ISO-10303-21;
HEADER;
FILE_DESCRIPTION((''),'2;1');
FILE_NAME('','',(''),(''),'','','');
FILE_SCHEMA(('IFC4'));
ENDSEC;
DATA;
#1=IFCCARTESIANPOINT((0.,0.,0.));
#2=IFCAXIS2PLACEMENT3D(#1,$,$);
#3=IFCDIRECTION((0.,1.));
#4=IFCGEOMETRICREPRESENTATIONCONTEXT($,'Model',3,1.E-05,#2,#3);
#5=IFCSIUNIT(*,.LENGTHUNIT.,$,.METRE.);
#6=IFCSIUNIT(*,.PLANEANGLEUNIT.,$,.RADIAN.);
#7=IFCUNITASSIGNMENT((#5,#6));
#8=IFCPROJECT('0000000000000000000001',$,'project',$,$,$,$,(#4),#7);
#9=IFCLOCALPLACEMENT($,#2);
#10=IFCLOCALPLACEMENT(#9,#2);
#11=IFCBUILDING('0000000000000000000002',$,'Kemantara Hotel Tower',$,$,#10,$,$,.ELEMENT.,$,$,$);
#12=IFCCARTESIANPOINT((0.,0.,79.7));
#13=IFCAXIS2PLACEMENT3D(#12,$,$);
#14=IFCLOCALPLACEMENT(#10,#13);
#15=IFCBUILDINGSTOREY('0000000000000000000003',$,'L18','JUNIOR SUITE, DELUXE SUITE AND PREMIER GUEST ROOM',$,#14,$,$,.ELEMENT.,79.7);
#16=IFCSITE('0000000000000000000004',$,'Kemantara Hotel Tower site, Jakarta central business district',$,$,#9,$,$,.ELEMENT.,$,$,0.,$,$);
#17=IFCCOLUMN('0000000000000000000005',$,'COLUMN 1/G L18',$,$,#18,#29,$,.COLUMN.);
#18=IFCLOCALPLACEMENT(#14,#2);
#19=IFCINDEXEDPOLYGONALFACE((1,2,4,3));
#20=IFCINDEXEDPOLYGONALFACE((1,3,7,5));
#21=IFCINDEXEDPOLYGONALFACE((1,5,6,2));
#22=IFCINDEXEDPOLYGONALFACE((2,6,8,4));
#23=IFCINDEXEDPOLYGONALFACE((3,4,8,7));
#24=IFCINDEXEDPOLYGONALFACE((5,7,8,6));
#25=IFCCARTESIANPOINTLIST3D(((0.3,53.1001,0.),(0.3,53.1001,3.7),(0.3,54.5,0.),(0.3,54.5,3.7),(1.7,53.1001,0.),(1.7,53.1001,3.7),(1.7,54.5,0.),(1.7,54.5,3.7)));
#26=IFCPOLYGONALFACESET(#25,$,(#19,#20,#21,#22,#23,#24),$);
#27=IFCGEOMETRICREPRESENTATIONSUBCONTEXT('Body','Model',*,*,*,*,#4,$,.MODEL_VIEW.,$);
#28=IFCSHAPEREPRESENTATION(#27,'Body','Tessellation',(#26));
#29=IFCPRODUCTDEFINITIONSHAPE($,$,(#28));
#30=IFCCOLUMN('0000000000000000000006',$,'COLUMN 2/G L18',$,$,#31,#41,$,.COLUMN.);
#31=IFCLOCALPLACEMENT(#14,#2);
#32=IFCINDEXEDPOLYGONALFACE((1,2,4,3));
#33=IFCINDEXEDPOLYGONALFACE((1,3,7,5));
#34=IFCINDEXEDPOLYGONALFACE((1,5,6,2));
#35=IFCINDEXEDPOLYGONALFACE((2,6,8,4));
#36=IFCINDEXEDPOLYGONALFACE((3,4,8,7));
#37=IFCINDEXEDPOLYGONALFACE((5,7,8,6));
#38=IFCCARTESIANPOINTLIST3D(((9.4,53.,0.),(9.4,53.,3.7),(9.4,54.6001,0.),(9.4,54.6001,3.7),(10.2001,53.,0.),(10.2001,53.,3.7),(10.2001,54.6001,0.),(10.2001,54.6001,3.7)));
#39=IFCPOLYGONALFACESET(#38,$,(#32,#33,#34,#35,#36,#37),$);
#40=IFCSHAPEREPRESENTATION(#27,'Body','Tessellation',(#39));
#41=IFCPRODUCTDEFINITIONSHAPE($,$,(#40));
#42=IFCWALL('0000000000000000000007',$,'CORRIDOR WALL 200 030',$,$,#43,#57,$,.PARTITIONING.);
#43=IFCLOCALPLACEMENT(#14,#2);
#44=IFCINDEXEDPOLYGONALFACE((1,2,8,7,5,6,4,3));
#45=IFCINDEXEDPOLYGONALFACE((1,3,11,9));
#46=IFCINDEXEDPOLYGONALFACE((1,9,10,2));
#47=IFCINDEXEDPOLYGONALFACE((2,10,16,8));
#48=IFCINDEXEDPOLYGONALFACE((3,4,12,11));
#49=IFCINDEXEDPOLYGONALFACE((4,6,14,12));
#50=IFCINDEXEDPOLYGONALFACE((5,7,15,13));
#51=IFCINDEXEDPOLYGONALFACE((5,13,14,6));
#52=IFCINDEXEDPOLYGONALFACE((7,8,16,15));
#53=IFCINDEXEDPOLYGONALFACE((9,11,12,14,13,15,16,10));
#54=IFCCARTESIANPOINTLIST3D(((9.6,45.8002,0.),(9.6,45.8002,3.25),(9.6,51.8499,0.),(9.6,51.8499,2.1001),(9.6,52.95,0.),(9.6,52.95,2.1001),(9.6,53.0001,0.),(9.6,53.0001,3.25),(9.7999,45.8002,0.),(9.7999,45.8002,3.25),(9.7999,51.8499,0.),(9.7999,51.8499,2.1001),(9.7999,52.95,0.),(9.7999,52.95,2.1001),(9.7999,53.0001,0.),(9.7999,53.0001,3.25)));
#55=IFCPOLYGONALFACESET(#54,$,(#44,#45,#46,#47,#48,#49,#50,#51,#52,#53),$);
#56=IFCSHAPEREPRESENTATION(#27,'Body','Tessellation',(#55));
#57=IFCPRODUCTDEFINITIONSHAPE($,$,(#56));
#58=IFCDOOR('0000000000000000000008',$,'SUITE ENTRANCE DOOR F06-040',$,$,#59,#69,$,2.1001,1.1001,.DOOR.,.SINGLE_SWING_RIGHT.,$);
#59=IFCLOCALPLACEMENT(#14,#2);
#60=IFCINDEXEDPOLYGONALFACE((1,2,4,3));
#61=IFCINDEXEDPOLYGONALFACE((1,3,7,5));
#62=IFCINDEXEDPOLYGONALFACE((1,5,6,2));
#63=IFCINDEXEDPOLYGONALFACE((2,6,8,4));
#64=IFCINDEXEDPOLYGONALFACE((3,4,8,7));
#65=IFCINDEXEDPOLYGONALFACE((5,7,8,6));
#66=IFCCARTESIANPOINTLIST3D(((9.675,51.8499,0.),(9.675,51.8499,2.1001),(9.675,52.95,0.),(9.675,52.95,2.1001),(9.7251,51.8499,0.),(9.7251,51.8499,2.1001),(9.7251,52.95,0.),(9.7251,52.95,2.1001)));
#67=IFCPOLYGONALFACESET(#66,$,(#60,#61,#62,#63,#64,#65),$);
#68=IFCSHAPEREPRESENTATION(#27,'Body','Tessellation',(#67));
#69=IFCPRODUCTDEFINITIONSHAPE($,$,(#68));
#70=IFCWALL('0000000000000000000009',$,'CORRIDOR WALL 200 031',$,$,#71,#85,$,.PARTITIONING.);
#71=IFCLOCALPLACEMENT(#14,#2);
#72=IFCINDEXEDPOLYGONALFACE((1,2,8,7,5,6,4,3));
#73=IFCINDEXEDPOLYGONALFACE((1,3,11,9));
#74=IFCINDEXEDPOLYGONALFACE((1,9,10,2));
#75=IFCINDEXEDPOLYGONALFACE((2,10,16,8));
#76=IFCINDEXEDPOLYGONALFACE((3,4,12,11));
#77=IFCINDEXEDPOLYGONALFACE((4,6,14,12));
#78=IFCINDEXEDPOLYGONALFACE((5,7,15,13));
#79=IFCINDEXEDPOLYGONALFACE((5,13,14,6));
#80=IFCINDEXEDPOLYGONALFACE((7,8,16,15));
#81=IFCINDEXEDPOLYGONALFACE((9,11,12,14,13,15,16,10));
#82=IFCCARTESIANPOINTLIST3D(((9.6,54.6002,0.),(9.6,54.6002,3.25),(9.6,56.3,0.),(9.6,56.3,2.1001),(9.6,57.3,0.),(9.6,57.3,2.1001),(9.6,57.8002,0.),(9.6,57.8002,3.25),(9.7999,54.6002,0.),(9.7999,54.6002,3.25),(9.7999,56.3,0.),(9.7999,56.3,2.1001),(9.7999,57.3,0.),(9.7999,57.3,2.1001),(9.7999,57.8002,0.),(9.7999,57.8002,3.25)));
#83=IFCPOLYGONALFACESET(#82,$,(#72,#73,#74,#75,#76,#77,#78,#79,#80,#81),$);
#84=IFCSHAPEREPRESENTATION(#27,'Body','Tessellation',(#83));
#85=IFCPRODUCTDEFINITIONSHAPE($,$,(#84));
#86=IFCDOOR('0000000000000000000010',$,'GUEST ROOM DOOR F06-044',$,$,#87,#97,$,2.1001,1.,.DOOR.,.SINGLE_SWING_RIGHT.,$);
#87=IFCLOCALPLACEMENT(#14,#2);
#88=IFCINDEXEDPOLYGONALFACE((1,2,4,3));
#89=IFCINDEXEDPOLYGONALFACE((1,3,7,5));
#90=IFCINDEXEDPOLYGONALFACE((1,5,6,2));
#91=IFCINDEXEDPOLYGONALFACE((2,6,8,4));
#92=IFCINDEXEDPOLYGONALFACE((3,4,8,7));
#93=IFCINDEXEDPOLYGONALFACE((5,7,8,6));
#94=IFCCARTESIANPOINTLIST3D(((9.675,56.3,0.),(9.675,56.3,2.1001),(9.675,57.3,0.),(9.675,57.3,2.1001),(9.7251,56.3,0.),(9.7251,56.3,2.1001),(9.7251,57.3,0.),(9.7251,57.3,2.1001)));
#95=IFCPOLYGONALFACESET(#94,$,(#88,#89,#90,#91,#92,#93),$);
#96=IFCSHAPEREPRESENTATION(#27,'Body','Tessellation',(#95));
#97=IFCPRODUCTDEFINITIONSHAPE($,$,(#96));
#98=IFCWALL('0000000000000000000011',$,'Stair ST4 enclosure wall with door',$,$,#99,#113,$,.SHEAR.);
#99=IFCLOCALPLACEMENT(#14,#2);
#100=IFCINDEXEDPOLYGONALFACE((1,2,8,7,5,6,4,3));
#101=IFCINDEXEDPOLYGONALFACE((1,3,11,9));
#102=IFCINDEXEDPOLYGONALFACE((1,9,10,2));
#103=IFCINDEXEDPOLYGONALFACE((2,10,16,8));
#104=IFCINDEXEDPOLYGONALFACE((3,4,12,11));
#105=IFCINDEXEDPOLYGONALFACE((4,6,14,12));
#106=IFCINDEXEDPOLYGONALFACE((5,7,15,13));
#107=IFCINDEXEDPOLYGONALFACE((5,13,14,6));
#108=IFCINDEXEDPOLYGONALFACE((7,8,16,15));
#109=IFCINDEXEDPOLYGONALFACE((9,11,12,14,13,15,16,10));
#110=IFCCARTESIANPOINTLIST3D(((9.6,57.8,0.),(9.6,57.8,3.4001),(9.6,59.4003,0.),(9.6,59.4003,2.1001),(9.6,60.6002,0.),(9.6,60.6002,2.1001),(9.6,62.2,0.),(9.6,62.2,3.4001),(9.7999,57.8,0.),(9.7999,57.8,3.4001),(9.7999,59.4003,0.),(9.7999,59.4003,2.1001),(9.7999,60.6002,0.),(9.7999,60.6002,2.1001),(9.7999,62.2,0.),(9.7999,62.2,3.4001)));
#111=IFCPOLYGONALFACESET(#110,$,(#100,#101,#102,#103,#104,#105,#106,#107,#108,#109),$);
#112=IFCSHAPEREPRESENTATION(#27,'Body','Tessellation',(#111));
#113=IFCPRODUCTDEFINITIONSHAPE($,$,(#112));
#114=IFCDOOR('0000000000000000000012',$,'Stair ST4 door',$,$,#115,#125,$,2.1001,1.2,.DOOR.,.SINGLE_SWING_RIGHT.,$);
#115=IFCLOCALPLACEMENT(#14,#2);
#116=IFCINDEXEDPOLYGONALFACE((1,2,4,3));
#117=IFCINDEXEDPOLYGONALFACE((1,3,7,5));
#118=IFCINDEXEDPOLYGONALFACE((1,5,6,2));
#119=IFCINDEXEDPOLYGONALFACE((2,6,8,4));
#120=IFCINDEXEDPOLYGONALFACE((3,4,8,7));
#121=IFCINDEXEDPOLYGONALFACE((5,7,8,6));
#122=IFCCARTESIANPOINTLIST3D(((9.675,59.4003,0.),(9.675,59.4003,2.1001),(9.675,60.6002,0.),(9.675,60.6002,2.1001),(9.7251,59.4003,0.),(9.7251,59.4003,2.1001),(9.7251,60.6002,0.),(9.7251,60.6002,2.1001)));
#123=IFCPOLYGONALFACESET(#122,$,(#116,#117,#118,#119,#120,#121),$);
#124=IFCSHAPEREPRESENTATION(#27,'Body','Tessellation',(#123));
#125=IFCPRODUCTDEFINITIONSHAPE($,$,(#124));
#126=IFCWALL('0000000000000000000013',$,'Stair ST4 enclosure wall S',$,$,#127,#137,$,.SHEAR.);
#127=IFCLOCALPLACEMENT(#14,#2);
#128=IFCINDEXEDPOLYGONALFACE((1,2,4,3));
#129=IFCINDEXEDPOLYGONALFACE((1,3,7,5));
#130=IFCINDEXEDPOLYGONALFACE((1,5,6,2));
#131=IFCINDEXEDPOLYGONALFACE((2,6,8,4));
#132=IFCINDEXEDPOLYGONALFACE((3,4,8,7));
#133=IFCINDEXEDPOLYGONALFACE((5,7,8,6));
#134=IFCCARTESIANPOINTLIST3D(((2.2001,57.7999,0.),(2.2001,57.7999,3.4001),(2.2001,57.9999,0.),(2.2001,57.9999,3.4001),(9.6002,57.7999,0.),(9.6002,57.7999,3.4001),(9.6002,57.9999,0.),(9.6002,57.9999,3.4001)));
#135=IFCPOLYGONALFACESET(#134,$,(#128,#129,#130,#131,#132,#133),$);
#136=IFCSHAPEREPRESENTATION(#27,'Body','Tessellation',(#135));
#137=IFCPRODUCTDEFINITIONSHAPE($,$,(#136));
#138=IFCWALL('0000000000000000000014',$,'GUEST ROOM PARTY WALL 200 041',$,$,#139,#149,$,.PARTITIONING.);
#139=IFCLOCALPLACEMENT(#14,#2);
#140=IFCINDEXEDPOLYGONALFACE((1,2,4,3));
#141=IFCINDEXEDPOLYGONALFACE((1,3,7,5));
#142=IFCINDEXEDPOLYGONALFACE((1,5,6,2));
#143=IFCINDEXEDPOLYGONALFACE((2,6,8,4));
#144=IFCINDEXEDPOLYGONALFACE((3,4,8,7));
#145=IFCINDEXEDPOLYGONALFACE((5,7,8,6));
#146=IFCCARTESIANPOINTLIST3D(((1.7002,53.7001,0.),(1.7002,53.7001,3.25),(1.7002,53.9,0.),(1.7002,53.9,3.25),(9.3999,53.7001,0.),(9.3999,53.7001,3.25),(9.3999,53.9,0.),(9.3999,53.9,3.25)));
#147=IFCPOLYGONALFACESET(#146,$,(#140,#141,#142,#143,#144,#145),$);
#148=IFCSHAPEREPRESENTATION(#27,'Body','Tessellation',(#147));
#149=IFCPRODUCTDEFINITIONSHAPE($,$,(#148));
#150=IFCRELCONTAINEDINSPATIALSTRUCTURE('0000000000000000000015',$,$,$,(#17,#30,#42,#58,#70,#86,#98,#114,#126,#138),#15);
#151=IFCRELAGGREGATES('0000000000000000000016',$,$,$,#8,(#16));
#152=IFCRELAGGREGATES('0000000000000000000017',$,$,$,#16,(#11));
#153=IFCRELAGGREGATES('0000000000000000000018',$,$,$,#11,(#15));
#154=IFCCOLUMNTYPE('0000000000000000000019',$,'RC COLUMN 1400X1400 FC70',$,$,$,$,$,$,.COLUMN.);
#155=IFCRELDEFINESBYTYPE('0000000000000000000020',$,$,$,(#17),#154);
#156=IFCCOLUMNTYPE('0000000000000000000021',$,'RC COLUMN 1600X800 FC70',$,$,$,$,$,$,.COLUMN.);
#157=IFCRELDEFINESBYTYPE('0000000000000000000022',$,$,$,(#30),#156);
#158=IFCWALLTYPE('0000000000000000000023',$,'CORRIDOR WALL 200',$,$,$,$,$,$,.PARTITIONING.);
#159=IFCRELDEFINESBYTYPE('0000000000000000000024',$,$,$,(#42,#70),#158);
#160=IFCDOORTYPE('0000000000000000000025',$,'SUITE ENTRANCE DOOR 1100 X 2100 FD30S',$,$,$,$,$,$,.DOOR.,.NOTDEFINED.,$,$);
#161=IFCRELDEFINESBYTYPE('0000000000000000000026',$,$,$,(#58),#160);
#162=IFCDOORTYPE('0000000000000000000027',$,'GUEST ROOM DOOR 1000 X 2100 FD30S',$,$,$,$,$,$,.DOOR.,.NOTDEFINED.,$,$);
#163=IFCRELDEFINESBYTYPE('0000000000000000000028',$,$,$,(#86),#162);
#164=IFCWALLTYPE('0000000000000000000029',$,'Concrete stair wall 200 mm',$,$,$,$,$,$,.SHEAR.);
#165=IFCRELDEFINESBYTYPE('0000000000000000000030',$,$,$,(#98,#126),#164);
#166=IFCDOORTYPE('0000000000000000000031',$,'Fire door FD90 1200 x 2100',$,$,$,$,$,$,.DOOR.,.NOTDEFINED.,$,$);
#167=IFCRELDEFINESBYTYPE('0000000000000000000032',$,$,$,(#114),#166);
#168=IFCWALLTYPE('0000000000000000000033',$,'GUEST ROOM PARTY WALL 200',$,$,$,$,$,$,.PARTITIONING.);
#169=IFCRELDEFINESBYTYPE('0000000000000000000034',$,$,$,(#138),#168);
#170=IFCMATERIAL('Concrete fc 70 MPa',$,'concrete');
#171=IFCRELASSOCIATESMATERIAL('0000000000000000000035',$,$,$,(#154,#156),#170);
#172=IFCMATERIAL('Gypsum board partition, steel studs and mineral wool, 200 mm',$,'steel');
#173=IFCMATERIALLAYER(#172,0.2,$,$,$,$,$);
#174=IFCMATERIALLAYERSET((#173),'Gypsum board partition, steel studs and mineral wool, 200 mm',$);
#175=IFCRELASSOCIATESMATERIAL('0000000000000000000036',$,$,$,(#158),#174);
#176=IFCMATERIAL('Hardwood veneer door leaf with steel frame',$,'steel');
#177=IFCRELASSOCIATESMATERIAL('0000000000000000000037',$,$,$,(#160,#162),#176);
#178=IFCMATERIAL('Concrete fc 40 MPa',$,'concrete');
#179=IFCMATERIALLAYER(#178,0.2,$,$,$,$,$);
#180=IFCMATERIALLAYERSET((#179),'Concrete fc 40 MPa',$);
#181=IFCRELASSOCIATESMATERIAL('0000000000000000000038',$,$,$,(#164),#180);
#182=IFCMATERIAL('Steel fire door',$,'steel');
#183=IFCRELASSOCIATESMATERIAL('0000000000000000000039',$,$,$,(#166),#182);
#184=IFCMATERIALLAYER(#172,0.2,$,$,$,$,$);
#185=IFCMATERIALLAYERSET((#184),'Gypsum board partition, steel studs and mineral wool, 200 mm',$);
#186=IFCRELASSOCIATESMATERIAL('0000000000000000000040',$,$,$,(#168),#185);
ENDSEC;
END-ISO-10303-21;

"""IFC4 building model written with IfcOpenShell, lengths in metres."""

from ifc_helpers import new_model, si_unit, direction, frame, frame_2d, origin, origin_2d, place, context, subcontext, project, spatial, rectangle, extrude, material, layer, layer_set, material_profile, profile_set, type_object, element, fill, save


model = new_model("IFC4")

# Units and contexts
model_context = context("Model", 3, precision=1e-05, world=origin(), true_north=direction((0.0, 1.0)))
body_context = subcontext(model_context, "Body", "Model", "MODEL_VIEW")
ifc_project = project(units=[si_unit("LENGTHUNIT", "METRE"), si_unit("PLANEANGLEUNIT", "RADIAN")], contexts=[model_context])

# Site, building, storey
site_placement = place(None, origin())
site = spatial("IfcSite", under=ifc_project, at=site_placement, Name="Kemantara Hotel Tower site, Jakarta central business district", CompositionType="ELEMENT", RefElevation=0.0)
building_placement = place(site_placement, origin())
building = spatial("IfcBuilding", under=site, at=building_placement, Name="Kemantara Hotel Tower", CompositionType="ELEMENT")
storey_placement = place(building_placement, frame((0.0, 0.0, 79.7)))
storey = spatial("IfcBuildingStorey", under=building, at=storey_placement, Name="L18", Description="JUNIOR SUITE, DELUXE SUITE AND PREMIER GUEST ROOM", CompositionType="ELEMENT", Elevation=79.7)

# Columns
ifc_material_1 = material(Name="Concrete fc 70 MPa", Category="concrete")
ifc_material_profile_1 = material_profile(ifc_material_1, rectangle(XDim=1.3999, YDim=1.3999, at=origin_2d()), Name="RC 1400X1400")
ifc_profile_set_1 = profile_set([ifc_material_profile_1], Name="Concrete fc 70 MPa")
column_type_1 = type_object("IfcColumnType", Name="RC COLUMN 1400X1400 FC70", PredefinedType="COLUMN", material=ifc_profile_set_1)
column_1_placement = place(storey_placement, frame((1.0, 53.8, 0.0), z_axis=(0.0, 0.0, 1.0), x_axis=(1.0, 0.0, 0.0)))
element("IfcColumn", 1, at=column_1_placement, inside=storey, type_object=column_type_1, Name="COLUMN 1/G L18", PredefinedType="COLUMN", context=body_context, shape_type="SweptSolid", body=[
    extrude(rectangle(XDim=1.3999, YDim=1.3999, at=origin_2d()), origin(), (0.0, 0.0, 1.0), 3.7),
])
ifc_material_profile_2 = material_profile(ifc_material_1, rectangle(XDim=1.6001, YDim=0.8, at=origin_2d()), Name="RC 1600X800")
ifc_profile_set_2 = profile_set([ifc_material_profile_2], Name="Concrete fc 70 MPa")
column_type_2 = type_object("IfcColumnType", Name="RC COLUMN 1600X800 FC70", PredefinedType="COLUMN", material=ifc_profile_set_2)
column_2_placement = place(storey_placement, frame((9.8, 53.8, 0.0), z_axis=(0.0, 0.0, 1.0), x_axis=(0.0, 1.0, 0.0)))
element("IfcColumn", 2, at=column_2_placement, inside=storey, type_object=column_type_2, Name="COLUMN 2/G L18", PredefinedType="COLUMN", context=body_context, shape_type="SweptSolid", body=[
    extrude(rectangle(XDim=1.6001, YDim=0.8, at=origin_2d()), origin(), (0.0, 0.0, 1.0), 3.7),
])

# Walls, openings, doors
ifc_material_2 = material(Name="Gypsum board partition, steel studs and mineral wool, 200 mm", Category="steel")
ifc_layer_1 = layer(ifc_material_2, 0.2)
ifc_layer_set_1 = layer_set([ifc_layer_1], Name="Gypsum board partition, steel studs and mineral wool, 200 mm")
wall_type_1 = type_object("IfcWallType", Name="CORRIDOR WALL 200", PredefinedType="PARTITIONING", material=ifc_layer_set_1)
wall_1_placement = place(storey_placement, frame((9.7, 45.8, 0.0), z_axis=(0.0, 0.0, 1.0), x_axis=(0.0, 1.0, 0.0)))
wall_1 = element("IfcWall", 3, at=wall_1_placement, inside=storey, type_object=wall_type_1, Name="CORRIDOR WALL 200 030", PredefinedType="PARTITIONING", context=body_context, shape_type="SweptSolid", body=[
    extrude(rectangle(XDim=7.2, YDim=0.2, at=frame_2d((3.6001, 0.0))), origin(), (0.0, 0.0, 1.0), 3.25),
])
opening_1_placement = place(wall_1_placement, frame((6.0498, 0.0, 0.0)))
opening_1 = element("IfcOpeningElement", 4, at=opening_1_placement, cuts=wall_1, PredefinedType="OPENING", context=body_context, shape_type="SweptSolid", body=[
    extrude(rectangle(XDim=1.1001, YDim=2.1001, at=frame_2d((0.55, 1.05))), frame((0.0, 0.1099, 0.0), z_axis=(0.0, -1.0, 0.0), x_axis=(1.0, 0.0, 0.0)), (0.0, 0.0, 1.0), 0.22),
])
ifc_material_3 = material(Name="Hardwood veneer door leaf with steel frame", Category="steel")
door_type_1 = type_object("IfcDoorType", Name="SUITE ENTRANCE DOOR 1100 X 2100 FD30S", OperationType="NOTDEFINED", PredefinedType="DOOR", material=ifc_material_3)
door_1_placement = place(opening_1_placement, origin())
door_1 = element("IfcDoor", 5, at=door_1_placement, inside=storey, type_object=door_type_1, Name="SUITE ENTRANCE DOOR F06-040", OperationType="SINGLE_SWING_RIGHT", OverallHeight=2.1001, OverallWidth=1.1001, PredefinedType="DOOR", context=body_context, shape_type="SweptSolid", body=[
    extrude(rectangle(XDim=1.1001, YDim=2.1001, at=frame_2d((0.55, 1.05))), frame((0.0, 0.0249, 0.0), z_axis=(0.0, -1.0, 0.0), x_axis=(1.0, 0.0, 0.0)), (0.0, 0.0, 1.0), 0.05),
])
fill(opening_1, door_1)
wall_2_placement = place(storey_placement, frame((9.7, 54.6001, 0.0), z_axis=(0.0, 0.0, 1.0), x_axis=(0.0, 1.0, 0.0)))
wall_2 = element("IfcWall", 6, at=wall_2_placement, inside=storey, type_object=wall_type_1, Name="CORRIDOR WALL 200 031", PredefinedType="PARTITIONING", context=body_context, shape_type="SweptSolid", body=[
    extrude(rectangle(XDim=3.2, YDim=0.2, at=frame_2d((1.6001, 0.0))), origin(), (0.0, 0.0, 1.0), 3.25),
])
opening_2_placement = place(wall_2_placement, frame((1.7, 0.0, 0.0)))
opening_2 = element("IfcOpeningElement", 7, at=opening_2_placement, cuts=wall_2, PredefinedType="OPENING", context=body_context, shape_type="SweptSolid", body=[
    extrude(rectangle(XDim=1.0, YDim=2.1001, at=frame_2d((0.5, 1.05))), frame((0.0, 0.1099, 0.0), z_axis=(0.0, -1.0, 0.0), x_axis=(1.0, 0.0, 0.0)), (0.0, 0.0, 1.0), 0.22),
])
door_type_2 = type_object("IfcDoorType", Name="GUEST ROOM DOOR 1000 X 2100 FD30S", OperationType="NOTDEFINED", PredefinedType="DOOR", material=ifc_material_3)
door_2_placement = place(opening_2_placement, origin())
door_2 = element("IfcDoor", 8, at=door_2_placement, inside=storey, type_object=door_type_2, Name="GUEST ROOM DOOR F06-044", OperationType="SINGLE_SWING_RIGHT", OverallHeight=2.1001, OverallWidth=1.0, PredefinedType="DOOR", context=body_context, shape_type="SweptSolid", body=[
    extrude(rectangle(XDim=1.0, YDim=2.1001, at=frame_2d((0.5, 1.05))), frame((0.0, 0.0249, 0.0), z_axis=(0.0, -1.0, 0.0), x_axis=(1.0, 0.0, 0.0)), (0.0, 0.0, 1.0), 0.05),
])
fill(opening_2, door_2)
ifc_material_4 = material(Name="Concrete fc 40 MPa", Category="concrete")
ifc_layer_2 = layer(ifc_material_4, 0.2)
ifc_layer_set_2 = layer_set([ifc_layer_2], Name="Concrete fc 40 MPa")
wall_type_2 = type_object("IfcWallType", Name="Concrete stair wall 200 mm", PredefinedType="SHEAR", material=ifc_layer_set_2)
wall_3_placement = place(storey_placement, frame((9.7, 57.8, 0.0), z_axis=(0.0, 0.0, 1.0), x_axis=(0.0, 1.0, 0.0)))
wall_3 = element("IfcWall", 9, at=wall_3_placement, inside=storey, type_object=wall_type_2, Name="Stair ST4 enclosure wall with door", PredefinedType="SHEAR", context=body_context, shape_type="SweptSolid", body=[
    extrude(rectangle(XDim=4.3999, YDim=0.2, at=frame_2d((2.2, 0.0))), origin(), (0.0, 0.0, 1.0), 3.4001),
])
opening_3_placement = place(wall_3_placement, frame((1.6001, 0.0, 0.0)))
opening_3 = element("IfcOpeningElement", 10, at=opening_3_placement, cuts=wall_3, PredefinedType="OPENING", context=body_context, shape_type="SweptSolid", body=[
    extrude(rectangle(XDim=1.2, YDim=2.1001, at=frame_2d((0.6001, 1.05))), frame((0.0, 0.1099, 0.0), z_axis=(0.0, -1.0, 0.0), x_axis=(1.0, 0.0, 0.0)), (0.0, 0.0, 1.0), 0.22),
])
ifc_material_5 = material(Name="Steel fire door", Category="steel")
door_type_3 = type_object("IfcDoorType", Name="Fire door FD90 1200 x 2100", OperationType="NOTDEFINED", PredefinedType="DOOR", material=ifc_material_5)
door_3_placement = place(opening_3_placement, origin())
door_3 = element("IfcDoor", 11, at=door_3_placement, inside=storey, type_object=door_type_3, Name="Stair ST4 door", OperationType="SINGLE_SWING_RIGHT", OverallHeight=2.1001, OverallWidth=1.2, PredefinedType="DOOR", context=body_context, shape_type="SweptSolid", body=[
    extrude(rectangle(XDim=1.2, YDim=2.1001, at=frame_2d((0.6001, 1.05))), frame((0.0, 0.0249, 0.0), z_axis=(0.0, -1.0, 0.0), x_axis=(1.0, 0.0, 0.0)), (0.0, 0.0, 1.0), 0.05),
])
fill(opening_3, door_3)

# Walls
wall_4_placement = place(storey_placement, frame((2.2, 57.8999, 0.0), z_axis=(0.0, 0.0, 1.0), x_axis=(1.0, 0.0, 0.0)))
element("IfcWall", 12, at=wall_4_placement, inside=storey, type_object=wall_type_2, Name="Stair ST4 enclosure wall S", PredefinedType="SHEAR", context=body_context, shape_type="SweptSolid", body=[
    extrude(rectangle(XDim=7.4001, YDim=0.2, at=frame_2d((3.7002, 0.0))), origin(), (0.0, 0.0, 1.0), 3.4001),
])
ifc_layer_3 = layer(ifc_material_2, 0.2)
ifc_layer_set_3 = layer_set([ifc_layer_3], Name="Gypsum board partition, steel studs and mineral wool, 200 mm")
wall_type_3 = type_object("IfcWallType", Name="GUEST ROOM PARTY WALL 200", PredefinedType="PARTITIONING", material=ifc_layer_set_3)
wall_5_placement = place(storey_placement, frame((1.7002, 53.8, 0.0), z_axis=(0.0, 0.0, 1.0), x_axis=(1.0, 0.0, 0.0)))
element("IfcWall", 13, at=wall_5_placement, inside=storey, type_object=wall_type_3, Name="GUEST ROOM PARTY WALL 200 041", PredefinedType="PARTITIONING", context=body_context, shape_type="SweptSolid", body=[
    extrude(rectangle(XDim=7.6997, YDim=0.2, at=frame_2d((3.8499, 0.0))), origin(), (0.0, 0.0, 1.0), 3.25),
])

save(model, "model.ifc")
